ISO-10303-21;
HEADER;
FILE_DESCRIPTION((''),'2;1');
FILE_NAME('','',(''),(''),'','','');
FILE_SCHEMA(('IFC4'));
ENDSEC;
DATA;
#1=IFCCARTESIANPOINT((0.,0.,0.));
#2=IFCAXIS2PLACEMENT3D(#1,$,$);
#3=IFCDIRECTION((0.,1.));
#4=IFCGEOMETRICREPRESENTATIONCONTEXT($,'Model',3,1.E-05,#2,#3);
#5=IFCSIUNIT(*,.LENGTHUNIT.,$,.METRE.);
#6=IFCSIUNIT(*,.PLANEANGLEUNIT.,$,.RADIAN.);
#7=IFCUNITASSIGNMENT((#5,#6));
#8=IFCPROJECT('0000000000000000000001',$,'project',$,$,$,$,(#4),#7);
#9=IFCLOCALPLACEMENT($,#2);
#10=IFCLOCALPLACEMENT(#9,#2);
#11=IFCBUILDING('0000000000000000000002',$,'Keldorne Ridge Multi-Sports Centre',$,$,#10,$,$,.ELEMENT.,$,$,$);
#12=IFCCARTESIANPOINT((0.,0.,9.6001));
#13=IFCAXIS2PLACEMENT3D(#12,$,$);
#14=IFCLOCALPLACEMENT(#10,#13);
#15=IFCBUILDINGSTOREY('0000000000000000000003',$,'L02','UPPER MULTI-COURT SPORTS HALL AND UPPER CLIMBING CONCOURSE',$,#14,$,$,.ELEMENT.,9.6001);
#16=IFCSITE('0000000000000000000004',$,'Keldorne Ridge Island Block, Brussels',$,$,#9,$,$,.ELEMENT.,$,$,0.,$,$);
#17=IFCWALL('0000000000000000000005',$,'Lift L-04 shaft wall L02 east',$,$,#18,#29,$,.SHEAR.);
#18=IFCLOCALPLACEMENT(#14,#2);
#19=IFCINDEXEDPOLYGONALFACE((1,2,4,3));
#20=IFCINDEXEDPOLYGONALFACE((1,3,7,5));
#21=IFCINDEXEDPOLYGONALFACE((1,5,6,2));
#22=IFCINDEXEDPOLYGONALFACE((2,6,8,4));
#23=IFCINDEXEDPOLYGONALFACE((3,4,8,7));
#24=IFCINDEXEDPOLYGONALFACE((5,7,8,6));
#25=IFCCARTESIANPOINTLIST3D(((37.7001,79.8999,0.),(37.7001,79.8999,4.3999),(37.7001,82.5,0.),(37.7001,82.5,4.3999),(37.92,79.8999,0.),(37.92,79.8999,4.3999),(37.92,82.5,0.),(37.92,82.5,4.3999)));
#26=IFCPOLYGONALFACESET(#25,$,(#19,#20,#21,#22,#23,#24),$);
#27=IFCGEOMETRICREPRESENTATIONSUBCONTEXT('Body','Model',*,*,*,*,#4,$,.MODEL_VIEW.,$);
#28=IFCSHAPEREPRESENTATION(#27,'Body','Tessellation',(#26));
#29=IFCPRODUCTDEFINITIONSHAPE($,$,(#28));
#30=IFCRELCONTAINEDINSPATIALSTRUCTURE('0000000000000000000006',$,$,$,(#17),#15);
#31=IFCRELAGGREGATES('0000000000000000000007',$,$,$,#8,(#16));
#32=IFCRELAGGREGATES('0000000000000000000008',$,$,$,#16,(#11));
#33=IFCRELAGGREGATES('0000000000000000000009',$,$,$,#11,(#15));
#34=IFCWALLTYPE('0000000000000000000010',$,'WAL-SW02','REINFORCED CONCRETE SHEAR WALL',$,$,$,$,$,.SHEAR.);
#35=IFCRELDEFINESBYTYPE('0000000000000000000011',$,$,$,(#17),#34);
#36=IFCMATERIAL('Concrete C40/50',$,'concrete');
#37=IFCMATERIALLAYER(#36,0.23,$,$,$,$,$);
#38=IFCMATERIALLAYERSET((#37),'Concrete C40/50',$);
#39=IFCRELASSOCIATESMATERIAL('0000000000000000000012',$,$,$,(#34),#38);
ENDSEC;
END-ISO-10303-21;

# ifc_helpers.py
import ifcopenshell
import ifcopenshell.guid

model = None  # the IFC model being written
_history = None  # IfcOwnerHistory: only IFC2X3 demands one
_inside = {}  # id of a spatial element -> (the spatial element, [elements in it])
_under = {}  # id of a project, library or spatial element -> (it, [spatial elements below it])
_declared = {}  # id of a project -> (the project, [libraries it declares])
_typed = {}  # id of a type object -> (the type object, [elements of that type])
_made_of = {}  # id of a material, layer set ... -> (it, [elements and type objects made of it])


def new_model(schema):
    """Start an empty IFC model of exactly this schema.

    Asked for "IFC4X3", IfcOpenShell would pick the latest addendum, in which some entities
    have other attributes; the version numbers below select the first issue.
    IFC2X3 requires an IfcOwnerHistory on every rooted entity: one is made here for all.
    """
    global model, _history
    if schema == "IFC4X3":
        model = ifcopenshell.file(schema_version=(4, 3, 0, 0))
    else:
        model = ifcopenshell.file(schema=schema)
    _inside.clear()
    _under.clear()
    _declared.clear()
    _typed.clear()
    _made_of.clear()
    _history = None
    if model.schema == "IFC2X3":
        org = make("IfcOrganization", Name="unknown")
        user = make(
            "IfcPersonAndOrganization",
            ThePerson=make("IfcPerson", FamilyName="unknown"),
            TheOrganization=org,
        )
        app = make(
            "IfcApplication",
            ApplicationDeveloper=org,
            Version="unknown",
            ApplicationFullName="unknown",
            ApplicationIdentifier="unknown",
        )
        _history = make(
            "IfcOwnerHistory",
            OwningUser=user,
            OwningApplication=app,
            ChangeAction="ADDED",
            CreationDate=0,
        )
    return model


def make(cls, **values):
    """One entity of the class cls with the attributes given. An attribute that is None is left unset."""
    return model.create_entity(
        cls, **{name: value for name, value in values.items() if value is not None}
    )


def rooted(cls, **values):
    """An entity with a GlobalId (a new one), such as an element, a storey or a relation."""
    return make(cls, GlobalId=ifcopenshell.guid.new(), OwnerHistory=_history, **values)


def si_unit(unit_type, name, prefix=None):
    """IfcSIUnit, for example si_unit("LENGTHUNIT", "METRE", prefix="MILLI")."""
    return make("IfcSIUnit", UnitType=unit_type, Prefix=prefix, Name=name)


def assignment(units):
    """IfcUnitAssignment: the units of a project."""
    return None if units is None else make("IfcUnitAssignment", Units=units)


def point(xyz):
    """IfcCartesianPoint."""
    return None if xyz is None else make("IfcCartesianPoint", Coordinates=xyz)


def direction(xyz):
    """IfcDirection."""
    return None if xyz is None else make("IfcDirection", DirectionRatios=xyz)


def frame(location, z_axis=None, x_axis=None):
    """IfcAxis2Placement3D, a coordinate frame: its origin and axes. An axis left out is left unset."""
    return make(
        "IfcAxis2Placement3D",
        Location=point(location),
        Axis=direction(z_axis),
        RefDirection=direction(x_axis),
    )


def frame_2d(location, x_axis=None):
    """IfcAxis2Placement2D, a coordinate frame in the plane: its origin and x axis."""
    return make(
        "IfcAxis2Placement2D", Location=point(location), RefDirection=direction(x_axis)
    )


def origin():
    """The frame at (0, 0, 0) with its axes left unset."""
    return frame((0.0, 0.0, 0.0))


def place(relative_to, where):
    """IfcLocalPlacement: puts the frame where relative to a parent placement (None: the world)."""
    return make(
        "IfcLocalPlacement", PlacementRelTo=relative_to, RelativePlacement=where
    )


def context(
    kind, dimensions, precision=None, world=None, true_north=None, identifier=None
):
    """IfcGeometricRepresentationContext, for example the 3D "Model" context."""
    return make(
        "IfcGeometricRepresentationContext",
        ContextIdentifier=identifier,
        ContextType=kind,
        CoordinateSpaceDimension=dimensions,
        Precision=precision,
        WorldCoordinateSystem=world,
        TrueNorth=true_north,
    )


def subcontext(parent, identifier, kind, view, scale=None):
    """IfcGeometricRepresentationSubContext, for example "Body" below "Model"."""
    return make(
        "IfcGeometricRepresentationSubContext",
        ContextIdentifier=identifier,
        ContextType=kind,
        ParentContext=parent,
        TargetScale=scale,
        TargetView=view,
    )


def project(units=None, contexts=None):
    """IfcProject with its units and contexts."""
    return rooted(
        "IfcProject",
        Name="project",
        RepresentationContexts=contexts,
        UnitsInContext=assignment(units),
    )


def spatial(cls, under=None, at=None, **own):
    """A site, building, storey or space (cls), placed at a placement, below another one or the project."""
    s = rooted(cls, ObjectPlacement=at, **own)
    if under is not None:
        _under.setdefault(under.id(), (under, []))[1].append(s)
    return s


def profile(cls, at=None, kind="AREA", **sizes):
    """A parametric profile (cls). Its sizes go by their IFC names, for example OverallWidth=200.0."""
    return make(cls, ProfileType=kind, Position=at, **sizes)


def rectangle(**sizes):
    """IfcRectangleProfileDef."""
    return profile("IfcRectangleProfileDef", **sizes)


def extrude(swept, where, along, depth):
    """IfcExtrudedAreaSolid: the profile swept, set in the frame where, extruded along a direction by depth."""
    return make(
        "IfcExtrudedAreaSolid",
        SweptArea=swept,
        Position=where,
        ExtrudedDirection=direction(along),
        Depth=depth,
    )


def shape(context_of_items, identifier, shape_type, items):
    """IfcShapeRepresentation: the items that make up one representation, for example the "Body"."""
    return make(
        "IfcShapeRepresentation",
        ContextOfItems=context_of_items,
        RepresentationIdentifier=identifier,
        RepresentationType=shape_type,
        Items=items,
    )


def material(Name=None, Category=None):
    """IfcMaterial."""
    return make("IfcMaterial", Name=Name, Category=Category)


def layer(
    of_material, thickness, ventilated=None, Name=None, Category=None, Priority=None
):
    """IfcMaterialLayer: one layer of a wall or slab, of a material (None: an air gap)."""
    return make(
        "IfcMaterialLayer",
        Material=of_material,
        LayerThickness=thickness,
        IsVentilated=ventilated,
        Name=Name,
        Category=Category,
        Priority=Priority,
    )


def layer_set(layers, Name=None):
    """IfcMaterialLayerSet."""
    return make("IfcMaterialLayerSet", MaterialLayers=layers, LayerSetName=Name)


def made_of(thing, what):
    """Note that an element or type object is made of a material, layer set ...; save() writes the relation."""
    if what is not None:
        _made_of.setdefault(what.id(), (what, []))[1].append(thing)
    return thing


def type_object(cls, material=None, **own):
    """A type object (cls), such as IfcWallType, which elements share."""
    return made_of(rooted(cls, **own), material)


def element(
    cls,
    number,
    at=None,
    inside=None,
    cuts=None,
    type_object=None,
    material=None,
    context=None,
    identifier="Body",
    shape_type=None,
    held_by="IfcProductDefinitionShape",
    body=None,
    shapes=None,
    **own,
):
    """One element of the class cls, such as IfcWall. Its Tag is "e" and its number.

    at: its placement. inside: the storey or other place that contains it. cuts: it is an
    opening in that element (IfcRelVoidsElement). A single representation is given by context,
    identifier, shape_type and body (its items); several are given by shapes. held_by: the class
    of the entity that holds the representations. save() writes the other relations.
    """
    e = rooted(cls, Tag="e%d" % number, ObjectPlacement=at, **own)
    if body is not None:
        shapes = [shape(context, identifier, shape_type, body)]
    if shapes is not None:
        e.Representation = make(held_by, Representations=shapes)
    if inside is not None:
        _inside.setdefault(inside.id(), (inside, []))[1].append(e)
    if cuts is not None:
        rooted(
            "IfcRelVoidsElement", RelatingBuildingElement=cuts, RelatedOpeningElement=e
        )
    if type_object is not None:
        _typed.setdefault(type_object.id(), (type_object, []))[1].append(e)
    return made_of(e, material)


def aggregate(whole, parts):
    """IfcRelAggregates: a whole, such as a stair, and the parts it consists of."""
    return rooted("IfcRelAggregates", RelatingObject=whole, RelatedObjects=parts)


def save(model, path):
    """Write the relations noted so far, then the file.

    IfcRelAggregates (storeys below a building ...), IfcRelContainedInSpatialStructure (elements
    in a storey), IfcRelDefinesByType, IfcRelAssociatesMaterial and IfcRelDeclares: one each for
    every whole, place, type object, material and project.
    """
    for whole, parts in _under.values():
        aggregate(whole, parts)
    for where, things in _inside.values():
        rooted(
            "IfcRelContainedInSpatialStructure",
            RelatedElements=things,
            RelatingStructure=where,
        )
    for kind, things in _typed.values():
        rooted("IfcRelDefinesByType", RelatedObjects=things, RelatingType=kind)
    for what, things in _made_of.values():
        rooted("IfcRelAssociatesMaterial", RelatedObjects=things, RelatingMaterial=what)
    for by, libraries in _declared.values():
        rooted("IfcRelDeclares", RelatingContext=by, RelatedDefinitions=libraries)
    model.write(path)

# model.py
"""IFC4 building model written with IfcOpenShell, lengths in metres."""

from ifc_helpers import new_model, si_unit, direction, frame, frame_2d, origin, place, context, subcontext, project, spatial, rectangle, extrude, material, layer, layer_set, type_object, element, save


model = new_model("IFC4")

# Units and contexts
model_context = context("Model", 3, precision=1e-05, world=origin(), true_north=direction((0.0, 1.0)))
body_context = subcontext(model_context, "Body", "Model", "MODEL_VIEW")
ifc_project = project(units=[si_unit("LENGTHUNIT", "METRE"), si_unit("PLANEANGLEUNIT", "RADIAN")], contexts=[model_context])

# Site, building, storey
site_placement = place(None, origin())
site = spatial("IfcSite", under=ifc_project, at=site_placement, Name="Keldorne Ridge Island Block, Brussels", CompositionType="ELEMENT", RefElevation=0.0)
building_placement = place(site_placement, origin())
building = spatial("IfcBuilding", under=site, at=building_placement, Name="Keldorne Ridge Multi-Sports Centre", CompositionType="ELEMENT")
storey_placement = place(building_placement, frame((0.0, 0.0, 9.6001)))
storey = spatial("IfcBuildingStorey", under=building, at=storey_placement, Name="L02", Description="UPPER MULTI-COURT SPORTS HALL AND UPPER CLIMBING CONCOURSE", CompositionType="ELEMENT", Elevation=9.6001)

# Wall
ifc_material_1 = material(Name="Concrete C40/50", Category="concrete")
ifc_layer_1 = layer(ifc_material_1, 0.23)
ifc_layer_set_1 = layer_set([ifc_layer_1], Name="Concrete C40/50")
wall_type_1 = type_object("IfcWallType", Name="WAL-SW02", Description="REINFORCED CONCRETE SHEAR WALL", PredefinedType="SHEAR", material=ifc_layer_set_1)
wall_1_placement = place(storey_placement, frame((37.8101, 79.8999, 0.0), z_axis=(0.0, 0.0, 1.0), x_axis=(0.0, 1.0, 0.0)))
element("IfcWall", 1, at=wall_1_placement, inside=storey, type_object=wall_type_1, Name="Lift L-04 shaft wall L02 east", PredefinedType="SHEAR", context=body_context, shape_type="SweptSolid", body=[
    extrude(rectangle(XDim=2.6001, YDim=0.22, at=frame_2d((1.3, 0.0))), origin(), (0.0, 0.0, 1.0), 4.3999),
])

save(model, "model.ifc")
